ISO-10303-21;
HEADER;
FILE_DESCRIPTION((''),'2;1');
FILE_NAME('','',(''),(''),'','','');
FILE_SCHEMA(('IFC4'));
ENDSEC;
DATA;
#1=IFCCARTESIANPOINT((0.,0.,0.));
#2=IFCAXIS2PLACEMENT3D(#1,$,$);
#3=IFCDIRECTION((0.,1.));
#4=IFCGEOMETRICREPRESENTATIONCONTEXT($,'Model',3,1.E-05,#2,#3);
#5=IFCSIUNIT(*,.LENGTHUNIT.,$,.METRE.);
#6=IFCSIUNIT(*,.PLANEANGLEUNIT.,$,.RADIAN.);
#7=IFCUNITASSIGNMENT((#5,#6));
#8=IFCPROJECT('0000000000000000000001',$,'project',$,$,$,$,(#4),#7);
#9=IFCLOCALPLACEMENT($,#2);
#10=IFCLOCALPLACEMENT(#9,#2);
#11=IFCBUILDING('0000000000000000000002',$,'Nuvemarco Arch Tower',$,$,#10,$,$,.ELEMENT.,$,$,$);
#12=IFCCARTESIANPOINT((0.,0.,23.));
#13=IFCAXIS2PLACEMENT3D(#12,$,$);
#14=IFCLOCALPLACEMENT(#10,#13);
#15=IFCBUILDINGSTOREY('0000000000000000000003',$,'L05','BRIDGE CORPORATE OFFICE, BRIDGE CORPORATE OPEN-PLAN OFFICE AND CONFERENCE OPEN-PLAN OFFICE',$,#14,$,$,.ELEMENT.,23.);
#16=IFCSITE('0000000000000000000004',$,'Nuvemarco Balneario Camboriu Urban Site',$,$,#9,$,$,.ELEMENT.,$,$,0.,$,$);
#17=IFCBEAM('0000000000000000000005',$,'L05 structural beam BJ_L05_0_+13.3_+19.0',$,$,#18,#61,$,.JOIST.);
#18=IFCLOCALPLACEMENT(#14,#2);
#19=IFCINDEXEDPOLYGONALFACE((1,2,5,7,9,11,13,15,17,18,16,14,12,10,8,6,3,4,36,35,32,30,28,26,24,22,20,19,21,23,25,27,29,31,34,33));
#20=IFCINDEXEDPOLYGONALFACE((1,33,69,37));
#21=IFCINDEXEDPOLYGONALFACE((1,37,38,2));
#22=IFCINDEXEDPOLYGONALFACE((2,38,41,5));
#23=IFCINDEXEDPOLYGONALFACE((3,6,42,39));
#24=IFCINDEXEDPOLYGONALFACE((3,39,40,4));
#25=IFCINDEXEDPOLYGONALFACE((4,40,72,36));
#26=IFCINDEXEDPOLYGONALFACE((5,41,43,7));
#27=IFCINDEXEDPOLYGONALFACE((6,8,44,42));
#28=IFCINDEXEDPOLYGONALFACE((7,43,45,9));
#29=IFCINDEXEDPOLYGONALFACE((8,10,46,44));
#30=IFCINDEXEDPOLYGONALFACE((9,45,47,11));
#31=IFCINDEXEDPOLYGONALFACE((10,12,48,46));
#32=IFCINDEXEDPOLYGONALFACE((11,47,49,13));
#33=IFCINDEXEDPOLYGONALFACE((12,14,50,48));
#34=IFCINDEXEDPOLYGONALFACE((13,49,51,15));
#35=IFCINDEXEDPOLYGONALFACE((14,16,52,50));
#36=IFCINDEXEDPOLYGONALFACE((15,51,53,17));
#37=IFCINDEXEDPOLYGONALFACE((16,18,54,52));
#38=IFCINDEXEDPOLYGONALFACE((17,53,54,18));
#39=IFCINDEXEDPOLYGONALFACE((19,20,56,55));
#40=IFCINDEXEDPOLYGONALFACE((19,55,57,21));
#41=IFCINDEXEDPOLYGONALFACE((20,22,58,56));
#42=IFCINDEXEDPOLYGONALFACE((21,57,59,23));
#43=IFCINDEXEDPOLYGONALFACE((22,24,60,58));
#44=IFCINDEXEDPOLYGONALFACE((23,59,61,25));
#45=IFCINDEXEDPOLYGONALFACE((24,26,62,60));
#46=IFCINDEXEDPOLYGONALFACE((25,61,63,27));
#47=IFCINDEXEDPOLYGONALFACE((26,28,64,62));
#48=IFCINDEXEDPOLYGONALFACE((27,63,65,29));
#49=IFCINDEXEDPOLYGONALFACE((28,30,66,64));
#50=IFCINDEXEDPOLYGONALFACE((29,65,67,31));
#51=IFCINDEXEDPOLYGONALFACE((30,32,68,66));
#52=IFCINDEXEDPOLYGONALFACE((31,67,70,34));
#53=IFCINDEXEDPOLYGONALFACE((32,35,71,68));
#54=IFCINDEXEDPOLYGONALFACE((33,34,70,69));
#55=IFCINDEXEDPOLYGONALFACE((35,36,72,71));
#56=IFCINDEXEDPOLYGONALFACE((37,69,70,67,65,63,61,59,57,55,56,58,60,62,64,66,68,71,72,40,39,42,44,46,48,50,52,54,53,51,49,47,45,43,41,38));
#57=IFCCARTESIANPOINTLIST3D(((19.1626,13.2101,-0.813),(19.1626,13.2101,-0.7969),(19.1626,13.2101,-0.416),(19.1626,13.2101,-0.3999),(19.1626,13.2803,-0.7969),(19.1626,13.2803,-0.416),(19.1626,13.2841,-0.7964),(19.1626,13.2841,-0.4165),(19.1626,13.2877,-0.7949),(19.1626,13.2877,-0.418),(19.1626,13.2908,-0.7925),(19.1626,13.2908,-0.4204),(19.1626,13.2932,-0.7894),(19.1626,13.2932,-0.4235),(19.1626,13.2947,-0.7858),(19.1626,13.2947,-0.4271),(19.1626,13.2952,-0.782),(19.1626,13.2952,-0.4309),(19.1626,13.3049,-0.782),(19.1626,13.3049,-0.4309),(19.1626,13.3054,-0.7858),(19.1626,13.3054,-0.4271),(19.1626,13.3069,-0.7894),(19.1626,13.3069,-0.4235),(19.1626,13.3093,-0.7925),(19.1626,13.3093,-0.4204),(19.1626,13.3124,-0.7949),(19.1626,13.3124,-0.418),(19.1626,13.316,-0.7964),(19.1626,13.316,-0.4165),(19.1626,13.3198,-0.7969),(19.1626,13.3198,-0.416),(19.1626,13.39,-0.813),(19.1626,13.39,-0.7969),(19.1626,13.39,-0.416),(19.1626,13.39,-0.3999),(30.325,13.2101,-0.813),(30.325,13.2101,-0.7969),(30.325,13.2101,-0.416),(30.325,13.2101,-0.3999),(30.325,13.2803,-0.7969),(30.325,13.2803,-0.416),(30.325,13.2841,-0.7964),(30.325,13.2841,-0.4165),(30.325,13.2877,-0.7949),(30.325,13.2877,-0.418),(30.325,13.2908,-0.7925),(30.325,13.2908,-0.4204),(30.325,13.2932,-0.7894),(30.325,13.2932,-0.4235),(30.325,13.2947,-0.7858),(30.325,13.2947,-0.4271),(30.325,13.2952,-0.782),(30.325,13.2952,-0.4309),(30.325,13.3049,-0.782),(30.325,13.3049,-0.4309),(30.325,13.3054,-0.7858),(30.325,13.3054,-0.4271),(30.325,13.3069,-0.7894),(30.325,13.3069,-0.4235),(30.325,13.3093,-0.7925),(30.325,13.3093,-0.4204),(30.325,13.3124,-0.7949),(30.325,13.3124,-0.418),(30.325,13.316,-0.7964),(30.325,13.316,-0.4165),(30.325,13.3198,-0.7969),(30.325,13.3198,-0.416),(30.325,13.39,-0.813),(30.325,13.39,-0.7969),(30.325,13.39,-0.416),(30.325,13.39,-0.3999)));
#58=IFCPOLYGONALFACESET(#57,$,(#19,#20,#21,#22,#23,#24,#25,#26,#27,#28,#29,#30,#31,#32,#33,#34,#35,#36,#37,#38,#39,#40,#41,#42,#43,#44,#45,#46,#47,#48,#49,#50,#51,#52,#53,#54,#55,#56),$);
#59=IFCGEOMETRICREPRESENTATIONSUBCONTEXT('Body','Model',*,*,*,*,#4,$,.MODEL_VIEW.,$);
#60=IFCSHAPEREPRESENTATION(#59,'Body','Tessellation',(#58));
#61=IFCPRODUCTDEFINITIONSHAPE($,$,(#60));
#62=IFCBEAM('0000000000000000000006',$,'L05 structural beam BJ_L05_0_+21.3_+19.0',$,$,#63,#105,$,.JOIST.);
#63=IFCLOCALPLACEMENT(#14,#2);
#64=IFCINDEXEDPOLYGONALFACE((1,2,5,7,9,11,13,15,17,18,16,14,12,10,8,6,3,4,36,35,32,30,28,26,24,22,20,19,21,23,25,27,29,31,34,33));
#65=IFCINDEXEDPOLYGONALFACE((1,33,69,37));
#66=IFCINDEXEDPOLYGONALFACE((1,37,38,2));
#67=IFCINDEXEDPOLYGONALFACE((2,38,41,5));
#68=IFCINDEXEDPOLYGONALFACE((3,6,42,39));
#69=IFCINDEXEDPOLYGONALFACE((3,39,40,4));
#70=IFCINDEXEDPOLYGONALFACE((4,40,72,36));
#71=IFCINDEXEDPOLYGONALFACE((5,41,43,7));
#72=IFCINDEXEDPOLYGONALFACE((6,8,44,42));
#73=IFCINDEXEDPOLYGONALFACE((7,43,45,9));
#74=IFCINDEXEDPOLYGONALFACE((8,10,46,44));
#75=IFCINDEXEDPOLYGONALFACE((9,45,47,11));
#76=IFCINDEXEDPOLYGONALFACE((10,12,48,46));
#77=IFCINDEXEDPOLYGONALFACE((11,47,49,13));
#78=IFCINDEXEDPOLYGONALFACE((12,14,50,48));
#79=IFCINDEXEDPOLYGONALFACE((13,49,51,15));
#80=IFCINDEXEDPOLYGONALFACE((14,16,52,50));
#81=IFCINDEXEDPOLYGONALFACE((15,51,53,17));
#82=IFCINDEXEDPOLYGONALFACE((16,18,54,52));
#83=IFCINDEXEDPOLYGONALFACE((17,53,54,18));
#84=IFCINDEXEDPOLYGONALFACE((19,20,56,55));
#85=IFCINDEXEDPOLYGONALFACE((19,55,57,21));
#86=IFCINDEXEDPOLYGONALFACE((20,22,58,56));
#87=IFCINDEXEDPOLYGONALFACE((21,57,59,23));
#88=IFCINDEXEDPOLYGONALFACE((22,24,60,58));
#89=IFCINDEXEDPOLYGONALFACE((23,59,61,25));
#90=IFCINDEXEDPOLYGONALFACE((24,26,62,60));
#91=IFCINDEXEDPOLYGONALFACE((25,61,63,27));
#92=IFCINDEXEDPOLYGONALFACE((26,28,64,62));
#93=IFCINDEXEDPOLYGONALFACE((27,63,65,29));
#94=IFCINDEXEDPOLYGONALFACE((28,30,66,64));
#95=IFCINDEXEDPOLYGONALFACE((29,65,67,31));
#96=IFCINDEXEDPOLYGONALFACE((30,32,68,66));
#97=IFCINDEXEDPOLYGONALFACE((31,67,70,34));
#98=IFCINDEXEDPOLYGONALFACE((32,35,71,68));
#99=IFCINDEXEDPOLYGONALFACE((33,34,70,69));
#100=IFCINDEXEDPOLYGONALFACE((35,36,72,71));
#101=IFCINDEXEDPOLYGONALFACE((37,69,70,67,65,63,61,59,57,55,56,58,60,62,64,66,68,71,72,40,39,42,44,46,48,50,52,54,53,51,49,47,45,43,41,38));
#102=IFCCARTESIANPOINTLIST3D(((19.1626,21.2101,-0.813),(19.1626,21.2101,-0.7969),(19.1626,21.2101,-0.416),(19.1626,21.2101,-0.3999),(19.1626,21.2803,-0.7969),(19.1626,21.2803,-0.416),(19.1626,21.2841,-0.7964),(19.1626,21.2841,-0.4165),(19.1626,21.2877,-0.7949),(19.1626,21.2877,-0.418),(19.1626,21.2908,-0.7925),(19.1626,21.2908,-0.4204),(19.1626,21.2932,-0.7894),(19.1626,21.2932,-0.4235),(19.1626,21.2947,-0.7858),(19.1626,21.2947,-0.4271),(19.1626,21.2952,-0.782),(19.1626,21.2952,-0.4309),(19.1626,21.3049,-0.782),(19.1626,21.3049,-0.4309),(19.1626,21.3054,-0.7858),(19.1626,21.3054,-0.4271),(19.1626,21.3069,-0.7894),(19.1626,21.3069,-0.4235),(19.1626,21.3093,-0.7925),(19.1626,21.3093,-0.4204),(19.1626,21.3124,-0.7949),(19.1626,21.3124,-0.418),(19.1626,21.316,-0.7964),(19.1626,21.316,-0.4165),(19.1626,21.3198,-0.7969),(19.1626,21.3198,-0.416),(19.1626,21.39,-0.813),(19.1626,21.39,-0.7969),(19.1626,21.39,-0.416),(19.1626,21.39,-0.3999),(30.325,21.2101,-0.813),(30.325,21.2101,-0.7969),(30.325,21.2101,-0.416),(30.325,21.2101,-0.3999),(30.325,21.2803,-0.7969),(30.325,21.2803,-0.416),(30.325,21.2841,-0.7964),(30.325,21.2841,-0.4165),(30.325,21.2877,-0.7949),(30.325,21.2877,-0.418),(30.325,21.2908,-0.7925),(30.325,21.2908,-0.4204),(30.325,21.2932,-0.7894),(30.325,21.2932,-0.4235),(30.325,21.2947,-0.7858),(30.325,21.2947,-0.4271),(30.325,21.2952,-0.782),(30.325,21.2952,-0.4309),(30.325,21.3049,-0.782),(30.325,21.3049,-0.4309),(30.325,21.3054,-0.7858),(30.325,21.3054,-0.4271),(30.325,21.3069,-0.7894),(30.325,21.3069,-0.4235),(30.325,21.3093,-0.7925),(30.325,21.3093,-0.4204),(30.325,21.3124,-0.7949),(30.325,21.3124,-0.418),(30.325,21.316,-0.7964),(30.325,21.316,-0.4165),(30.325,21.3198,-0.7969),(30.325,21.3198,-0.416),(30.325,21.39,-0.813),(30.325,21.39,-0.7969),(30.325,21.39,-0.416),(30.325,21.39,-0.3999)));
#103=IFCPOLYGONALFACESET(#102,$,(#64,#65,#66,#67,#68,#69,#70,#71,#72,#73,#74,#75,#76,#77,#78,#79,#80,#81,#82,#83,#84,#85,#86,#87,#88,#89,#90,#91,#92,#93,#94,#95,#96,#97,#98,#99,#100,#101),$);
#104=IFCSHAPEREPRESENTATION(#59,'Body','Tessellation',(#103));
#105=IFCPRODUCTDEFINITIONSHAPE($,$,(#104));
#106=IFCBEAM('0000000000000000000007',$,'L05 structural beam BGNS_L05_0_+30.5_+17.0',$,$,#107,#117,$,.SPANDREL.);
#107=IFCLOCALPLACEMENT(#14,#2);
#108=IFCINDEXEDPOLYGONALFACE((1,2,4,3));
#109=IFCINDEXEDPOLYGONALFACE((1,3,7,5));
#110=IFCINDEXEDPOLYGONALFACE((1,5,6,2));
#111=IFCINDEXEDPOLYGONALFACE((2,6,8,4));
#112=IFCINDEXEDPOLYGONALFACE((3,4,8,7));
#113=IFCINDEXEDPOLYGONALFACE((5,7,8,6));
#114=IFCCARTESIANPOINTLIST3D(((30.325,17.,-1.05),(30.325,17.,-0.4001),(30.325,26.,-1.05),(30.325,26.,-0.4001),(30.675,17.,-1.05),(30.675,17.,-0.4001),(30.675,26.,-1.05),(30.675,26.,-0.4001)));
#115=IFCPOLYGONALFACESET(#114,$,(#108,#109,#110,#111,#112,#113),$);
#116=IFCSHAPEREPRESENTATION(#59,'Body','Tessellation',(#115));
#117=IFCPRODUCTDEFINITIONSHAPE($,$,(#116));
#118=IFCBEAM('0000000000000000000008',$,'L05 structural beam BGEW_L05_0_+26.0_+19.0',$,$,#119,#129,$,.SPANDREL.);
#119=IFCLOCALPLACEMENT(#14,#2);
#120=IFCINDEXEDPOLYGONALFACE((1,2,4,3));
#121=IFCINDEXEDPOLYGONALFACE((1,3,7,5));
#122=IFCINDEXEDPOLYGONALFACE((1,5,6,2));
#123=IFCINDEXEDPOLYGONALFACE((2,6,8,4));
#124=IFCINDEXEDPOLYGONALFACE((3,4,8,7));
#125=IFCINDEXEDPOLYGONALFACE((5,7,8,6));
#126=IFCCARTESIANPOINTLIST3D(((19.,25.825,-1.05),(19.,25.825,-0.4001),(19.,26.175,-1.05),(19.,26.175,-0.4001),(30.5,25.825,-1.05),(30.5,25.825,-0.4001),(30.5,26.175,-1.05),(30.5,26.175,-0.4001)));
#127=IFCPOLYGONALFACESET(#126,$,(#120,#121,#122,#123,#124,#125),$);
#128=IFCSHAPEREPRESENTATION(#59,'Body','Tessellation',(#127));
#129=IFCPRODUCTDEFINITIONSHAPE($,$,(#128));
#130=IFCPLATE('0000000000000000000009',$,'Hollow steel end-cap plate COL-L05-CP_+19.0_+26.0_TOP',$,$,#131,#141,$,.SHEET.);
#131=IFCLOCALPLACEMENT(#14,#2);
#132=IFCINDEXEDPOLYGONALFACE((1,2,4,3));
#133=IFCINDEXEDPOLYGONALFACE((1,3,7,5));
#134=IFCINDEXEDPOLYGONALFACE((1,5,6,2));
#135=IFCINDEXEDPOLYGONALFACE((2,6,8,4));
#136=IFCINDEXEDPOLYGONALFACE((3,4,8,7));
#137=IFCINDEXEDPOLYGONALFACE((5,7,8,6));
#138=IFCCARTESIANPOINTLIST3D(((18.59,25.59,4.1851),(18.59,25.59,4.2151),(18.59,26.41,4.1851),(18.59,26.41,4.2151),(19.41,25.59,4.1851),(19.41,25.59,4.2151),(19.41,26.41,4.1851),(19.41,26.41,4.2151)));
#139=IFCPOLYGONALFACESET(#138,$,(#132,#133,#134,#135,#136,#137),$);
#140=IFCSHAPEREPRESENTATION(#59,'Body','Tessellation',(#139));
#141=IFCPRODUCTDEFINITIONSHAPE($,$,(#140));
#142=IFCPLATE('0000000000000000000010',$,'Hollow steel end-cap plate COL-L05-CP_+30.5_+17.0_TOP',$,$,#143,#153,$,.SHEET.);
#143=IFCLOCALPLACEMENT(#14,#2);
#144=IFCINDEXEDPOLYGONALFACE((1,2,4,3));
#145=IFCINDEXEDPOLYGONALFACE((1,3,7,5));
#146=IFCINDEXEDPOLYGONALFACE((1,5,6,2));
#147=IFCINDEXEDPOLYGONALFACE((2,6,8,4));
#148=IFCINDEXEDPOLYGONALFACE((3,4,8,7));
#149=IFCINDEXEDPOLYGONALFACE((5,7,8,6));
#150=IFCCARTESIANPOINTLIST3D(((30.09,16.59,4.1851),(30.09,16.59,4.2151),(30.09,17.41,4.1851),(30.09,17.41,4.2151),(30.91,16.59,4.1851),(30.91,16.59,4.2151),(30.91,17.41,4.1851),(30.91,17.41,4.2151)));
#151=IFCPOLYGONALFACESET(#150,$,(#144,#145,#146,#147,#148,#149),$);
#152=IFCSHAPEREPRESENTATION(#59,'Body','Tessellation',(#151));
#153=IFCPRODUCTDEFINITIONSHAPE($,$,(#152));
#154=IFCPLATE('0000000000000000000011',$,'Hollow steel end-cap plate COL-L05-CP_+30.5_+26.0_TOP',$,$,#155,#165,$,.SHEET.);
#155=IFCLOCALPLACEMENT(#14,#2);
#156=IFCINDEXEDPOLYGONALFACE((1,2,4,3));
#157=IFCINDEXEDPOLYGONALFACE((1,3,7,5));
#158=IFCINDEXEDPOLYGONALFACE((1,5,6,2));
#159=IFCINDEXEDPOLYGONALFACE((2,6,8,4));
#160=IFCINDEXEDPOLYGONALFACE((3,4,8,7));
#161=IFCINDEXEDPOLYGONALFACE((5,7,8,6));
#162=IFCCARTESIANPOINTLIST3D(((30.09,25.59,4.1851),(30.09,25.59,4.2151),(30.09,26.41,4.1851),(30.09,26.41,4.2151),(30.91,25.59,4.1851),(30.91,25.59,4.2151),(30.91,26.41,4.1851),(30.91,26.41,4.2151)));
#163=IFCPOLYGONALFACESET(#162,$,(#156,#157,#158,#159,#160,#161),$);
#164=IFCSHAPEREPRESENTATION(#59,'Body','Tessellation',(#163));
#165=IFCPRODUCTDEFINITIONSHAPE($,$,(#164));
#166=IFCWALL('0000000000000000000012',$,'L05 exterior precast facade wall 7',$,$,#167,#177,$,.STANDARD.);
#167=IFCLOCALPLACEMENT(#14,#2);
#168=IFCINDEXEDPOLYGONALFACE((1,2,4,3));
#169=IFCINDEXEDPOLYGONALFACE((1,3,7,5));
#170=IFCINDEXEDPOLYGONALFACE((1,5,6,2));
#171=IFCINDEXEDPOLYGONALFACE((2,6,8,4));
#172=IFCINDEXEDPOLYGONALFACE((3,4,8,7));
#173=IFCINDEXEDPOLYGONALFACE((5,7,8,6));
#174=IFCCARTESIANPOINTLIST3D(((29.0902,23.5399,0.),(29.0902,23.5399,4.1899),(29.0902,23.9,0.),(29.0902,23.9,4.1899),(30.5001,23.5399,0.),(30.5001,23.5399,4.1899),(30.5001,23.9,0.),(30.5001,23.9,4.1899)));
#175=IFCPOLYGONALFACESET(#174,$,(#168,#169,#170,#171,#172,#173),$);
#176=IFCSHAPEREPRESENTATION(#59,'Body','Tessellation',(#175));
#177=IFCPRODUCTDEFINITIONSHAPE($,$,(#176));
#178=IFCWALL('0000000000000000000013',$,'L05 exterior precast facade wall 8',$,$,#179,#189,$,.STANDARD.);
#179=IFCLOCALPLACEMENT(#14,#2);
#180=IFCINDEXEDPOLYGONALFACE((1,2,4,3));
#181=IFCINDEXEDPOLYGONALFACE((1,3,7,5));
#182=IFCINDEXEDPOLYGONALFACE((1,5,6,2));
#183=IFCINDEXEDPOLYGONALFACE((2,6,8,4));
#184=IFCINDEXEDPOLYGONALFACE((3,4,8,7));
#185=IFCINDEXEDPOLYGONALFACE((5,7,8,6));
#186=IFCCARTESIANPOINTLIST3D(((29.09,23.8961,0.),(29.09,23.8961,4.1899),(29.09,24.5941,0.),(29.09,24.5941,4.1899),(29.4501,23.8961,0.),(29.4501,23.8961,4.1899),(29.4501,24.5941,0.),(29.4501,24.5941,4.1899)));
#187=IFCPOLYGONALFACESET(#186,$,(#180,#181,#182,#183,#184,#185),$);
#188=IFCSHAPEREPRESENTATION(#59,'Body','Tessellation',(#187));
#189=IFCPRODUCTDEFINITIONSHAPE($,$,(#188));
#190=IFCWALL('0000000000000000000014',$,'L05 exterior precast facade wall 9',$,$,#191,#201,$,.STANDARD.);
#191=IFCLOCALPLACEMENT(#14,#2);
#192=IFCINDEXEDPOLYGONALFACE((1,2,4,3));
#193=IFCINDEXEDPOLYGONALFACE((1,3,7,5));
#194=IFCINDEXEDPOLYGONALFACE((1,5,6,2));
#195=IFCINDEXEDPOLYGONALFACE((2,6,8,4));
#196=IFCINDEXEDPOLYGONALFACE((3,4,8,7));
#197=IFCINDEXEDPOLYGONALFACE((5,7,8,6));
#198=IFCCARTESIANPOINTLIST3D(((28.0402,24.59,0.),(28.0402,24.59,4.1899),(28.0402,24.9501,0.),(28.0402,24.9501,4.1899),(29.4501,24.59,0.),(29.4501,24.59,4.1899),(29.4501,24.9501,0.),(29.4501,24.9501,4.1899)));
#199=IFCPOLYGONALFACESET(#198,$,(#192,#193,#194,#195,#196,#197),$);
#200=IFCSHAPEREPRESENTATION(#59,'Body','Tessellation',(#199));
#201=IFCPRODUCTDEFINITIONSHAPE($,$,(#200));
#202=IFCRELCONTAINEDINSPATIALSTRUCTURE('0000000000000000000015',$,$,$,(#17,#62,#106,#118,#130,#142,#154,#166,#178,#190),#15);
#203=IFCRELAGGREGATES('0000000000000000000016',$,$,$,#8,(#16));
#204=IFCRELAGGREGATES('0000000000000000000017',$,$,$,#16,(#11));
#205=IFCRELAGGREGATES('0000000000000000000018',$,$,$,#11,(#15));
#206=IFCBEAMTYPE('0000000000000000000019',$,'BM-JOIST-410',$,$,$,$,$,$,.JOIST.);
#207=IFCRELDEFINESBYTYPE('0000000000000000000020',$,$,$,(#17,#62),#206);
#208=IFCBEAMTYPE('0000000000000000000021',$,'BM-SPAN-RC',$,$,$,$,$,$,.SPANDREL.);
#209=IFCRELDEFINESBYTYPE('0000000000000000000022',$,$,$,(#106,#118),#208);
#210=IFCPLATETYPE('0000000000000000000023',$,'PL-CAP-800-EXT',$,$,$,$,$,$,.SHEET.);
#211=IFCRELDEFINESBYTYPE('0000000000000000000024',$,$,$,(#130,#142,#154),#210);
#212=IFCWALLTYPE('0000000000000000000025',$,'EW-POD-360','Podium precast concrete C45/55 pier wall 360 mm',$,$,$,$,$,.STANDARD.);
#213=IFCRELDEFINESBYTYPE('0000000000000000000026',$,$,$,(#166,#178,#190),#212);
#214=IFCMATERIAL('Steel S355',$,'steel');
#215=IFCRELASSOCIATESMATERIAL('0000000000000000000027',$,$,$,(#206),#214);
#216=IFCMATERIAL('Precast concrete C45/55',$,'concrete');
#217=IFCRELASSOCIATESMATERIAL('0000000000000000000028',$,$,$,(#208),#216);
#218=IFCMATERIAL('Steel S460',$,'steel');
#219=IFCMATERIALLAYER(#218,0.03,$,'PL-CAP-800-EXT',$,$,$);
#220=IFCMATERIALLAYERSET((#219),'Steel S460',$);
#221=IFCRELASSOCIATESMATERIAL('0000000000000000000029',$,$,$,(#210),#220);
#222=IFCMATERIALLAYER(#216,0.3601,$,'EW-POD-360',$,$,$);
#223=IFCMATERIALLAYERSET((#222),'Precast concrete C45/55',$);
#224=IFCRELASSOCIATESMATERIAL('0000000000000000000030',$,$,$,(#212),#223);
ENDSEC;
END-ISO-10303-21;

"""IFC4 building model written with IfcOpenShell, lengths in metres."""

from ifc_helpers import new_model, si_unit, direction, frame, frame_2d, origin, origin_2d, place, context, subcontext, project, spatial, rectangle, i_section, extrude, source, transform, mapped, material, layer, layer_set, material_profile, profile_set, type_object, type_shapes, element, save


model = new_model("IFC4")

# Units and contexts
model_context = context("Model", 3, precision=1e-05, world=origin(), true_north=direction((0.0, 1.0)))
body_context = subcontext(model_context, "Body", "Model", "MODEL_VIEW")
ifc_project = project(units=[si_unit("LENGTHUNIT", "METRE"), si_unit("PLANEANGLEUNIT", "RADIAN")], contexts=[model_context])

# Site, building, storey
site_placement = place(None, origin())
site = spatial("IfcSite", under=ifc_project, at=site_placement, Name="Nuvemarco Balneario Camboriu Urban Site", CompositionType="ELEMENT", RefElevation=0.0)
building_placement = place(site_placement, origin())
building = spatial("IfcBuilding", under=site, at=building_placement, Name="Nuvemarco Arch Tower", CompositionType="ELEMENT")
storey_placement = place(building_placement, frame((0.0, 0.0, 23.0)))
storey = spatial("IfcBuildingStorey", under=building, at=storey_placement, Name="L05", Description="BRIDGE CORPORATE OFFICE, BRIDGE CORPORATE OPEN-PLAN OFFICE AND CONFERENCE OPEN-PLAN OFFICE", CompositionType="ELEMENT", Elevation=23.0)

# Shared definitions
ifc_material_1 = material(Name="Steel S460", Category="steel")

# Beams
ifc_material_2 = material(Name="Steel S355", Category="steel")
ifc_material_profile_1 = material_profile(ifc_material_2, i_section(OverallWidth=0.1799, OverallDepth=0.4131, WebThickness=0.0098, FlangeThickness=0.0161, FilletRadius=0.0149, at=origin_2d()), Name="W410x75")
ifc_profile_set_1 = profile_set([ifc_material_profile_1], Name="Steel S355")
beam_type_1 = type_object("IfcBeamType", Name="BM-JOIST-410", PredefinedType="JOIST", material=ifc_profile_set_1)
for number, where, z_axis, x_axis, name in (
    (1, (19.1626, 13.3, -0.6064), (1.0, 0.0, 0.0), (0.0, 1.0, 0.0), "L05 structural beam BJ_L05_0_+13.3_+19.0"),
    (2, (19.1626, 21.3, -0.6064), (1.0, 0.0, 0.0), (0.0, 1.0, 0.0), "L05 structural beam BJ_L05_0_+21.3_+19.0"),
):
    element("IfcBeam", number, at=place(storey_placement, frame(where, z_axis=z_axis, x_axis=x_axis)), inside=storey, type_object=beam_type_1, Name=name, PredefinedType="JOIST", context=body_context, shape_type="SweptSolid", body=[
        extrude(i_section(OverallWidth=0.1799, OverallDepth=0.4131, WebThickness=0.0098, FlangeThickness=0.0161, FilletRadius=0.0149, at=origin_2d()), origin(), (0.0, 0.0, 1.0), 11.1624),
    ])
ifc_material_3 = material(Name="Precast concrete C45/55", Category="concrete")
ifc_material_profile_2 = material_profile(ifc_material_3, rectangle(XDim=0.3501, YDim=0.6499, at=origin_2d()), Name="PC-SP-350x650")
ifc_profile_set_2 = profile_set([ifc_material_profile_2], Name="Precast concrete C45/55")
beam_type_2 = type_object("IfcBeamType", Name="BM-SPAN-RC", PredefinedType="SPANDREL", material=ifc_profile_set_2)
beam_1_placement = place(storey_placement, frame((30.5, 17.0, -0.7251), z_axis=(0.0, 1.0, 0.0), x_axis=(-1.0, 0.0, 0.0)))
element("IfcBeam", 3, at=beam_1_placement, inside=storey, type_object=beam_type_2, Name="L05 structural beam BGNS_L05_0_+30.5_+17.0", PredefinedType="SPANDREL", context=body_context, shape_type="SweptSolid", body=[
    extrude(rectangle(XDim=0.3501, YDim=0.6499, at=origin_2d()), origin(), (0.0, 0.0, 1.0), 9.0),
])
beam_2_placement = place(storey_placement, frame((19.0, 26.0, -0.7251), z_axis=(1.0, 0.0, 0.0), x_axis=(0.0, 1.0, 0.0)))
element("IfcBeam", 4, at=beam_2_placement, inside=storey, type_object=beam_type_2, Name="L05 structural beam BGEW_L05_0_+26.0_+19.0", PredefinedType="SPANDREL", context=body_context, shape_type="SweptSolid", body=[
    extrude(rectangle(XDim=0.3501, YDim=0.6499, at=origin_2d()), origin(), (0.0, 0.0, 1.0), 11.5),
])

# Plates
ifc_layer_1 = layer(ifc_material_1, 0.03, Name="PL-CAP-800-EXT")
ifc_layer_set_1 = layer_set([ifc_layer_1], Name="Steel S460")
plate_type = type_object("IfcPlateType", Name="PL-CAP-800-EXT", PredefinedType="SHEET", material=ifc_layer_set_1)
shared_shape_1 = source(origin(), body_context, "Body", "SweptSolid", [
    extrude(rectangle(XDim=0.8201, YDim=0.8201, at=origin_2d()), origin(), (0.0, 0.0, 1.0), 0.03),
])
type_shapes(plate_type, [shared_shape_1])
for number, where, z_axis, x_axis, name in (
    (5, (19.0, 26.0, 4.1851), (0.0, 0.0, 1.0), (1.0, 0.0, 0.0), "Hollow steel end-cap plate COL-L05-CP_+19.0_+26.0_TOP"),
    (6, (30.5, 17.0, 4.1851), (0.0, 0.0, 1.0), (1.0, 0.0, 0.0), "Hollow steel end-cap plate COL-L05-CP_+30.5_+17.0_TOP"),
    (7, (30.5, 26.0, 4.1851), (0.0, 0.0, 1.0), (1.0, 0.0, 0.0), "Hollow steel end-cap plate COL-L05-CP_+30.5_+26.0_TOP"),
):
    element("IfcPlate", number, at=place(storey_placement, frame(where, z_axis=z_axis, x_axis=x_axis)), inside=storey, type_object=plate_type, Name=name, PredefinedType="SHEET", context=body_context, shape_type="MappedRepresentation", body=[
        mapped(shared_shape_1, transform((0.0, 0.0, 0.0), scale=1.0)),
    ])

# Walls
ifc_layer_2 = layer(ifc_material_3, 0.3601, Name="EW-POD-360")
ifc_layer_set_2 = layer_set([ifc_layer_2], Name="Precast concrete C45/55")
wall_type_1 = type_object("IfcWallType", Name="EW-POD-360", Description="Podium precast concrete C45/55 pier wall 360 mm", PredefinedType="STANDARD", material=ifc_layer_set_2)
wall_1_placement = place(storey_placement, frame((29.0901, 23.72, 0.0), z_axis=(0.0, 0.0, 1.0), x_axis=(1.0, 0.0, 0.0)))
element("IfcWall", 8, at=wall_1_placement, inside=storey, type_object=wall_type_1, Name="L05 exterior precast facade wall 7", PredefinedType="STANDARD", context=body_context, shape_type="SweptSolid", body=[
    extrude(rectangle(XDim=1.4099, YDim=0.3601, at=frame_2d((0.7051, 0.0))), origin(), (0.0, 0.0, 1.0), 4.1899),
])
wall_2_placement = place(storey_placement, frame((29.27, 23.896, 0.0), z_axis=(0.0, 0.0, 1.0), x_axis=(0.0, 1.0, 0.0)))
element("IfcWall", 9, at=wall_2_placement, inside=storey, type_object=wall_type_1, Name="L05 exterior precast facade wall 8", PredefinedType="STANDARD", context=body_context, shape_type="SweptSolid", body=[
    extrude(rectangle(XDim=0.698, YDim=0.3601, at=frame_2d((0.3491, 0.0))), origin(), (0.0, 0.0, 1.0), 4.1899),
])
wall_3_placement = place(storey_placement, frame((28.04, 24.77, 0.0), z_axis=(0.0, 0.0, 1.0), x_axis=(1.0, 0.0, 0.0)))
element("IfcWall", 10, at=wall_3_placement, inside=storey, type_object=wall_type_1, Name="L05 exterior precast facade wall 9", PredefinedType="STANDARD", context=body_context, shape_type="SweptSolid", body=[
    extrude(rectangle(XDim=1.4099, YDim=0.3601, at=frame_2d((0.7051, 0.0))), origin(), (0.0, 0.0, 1.0), 4.1899),
])

save(model, "model.ifc")
